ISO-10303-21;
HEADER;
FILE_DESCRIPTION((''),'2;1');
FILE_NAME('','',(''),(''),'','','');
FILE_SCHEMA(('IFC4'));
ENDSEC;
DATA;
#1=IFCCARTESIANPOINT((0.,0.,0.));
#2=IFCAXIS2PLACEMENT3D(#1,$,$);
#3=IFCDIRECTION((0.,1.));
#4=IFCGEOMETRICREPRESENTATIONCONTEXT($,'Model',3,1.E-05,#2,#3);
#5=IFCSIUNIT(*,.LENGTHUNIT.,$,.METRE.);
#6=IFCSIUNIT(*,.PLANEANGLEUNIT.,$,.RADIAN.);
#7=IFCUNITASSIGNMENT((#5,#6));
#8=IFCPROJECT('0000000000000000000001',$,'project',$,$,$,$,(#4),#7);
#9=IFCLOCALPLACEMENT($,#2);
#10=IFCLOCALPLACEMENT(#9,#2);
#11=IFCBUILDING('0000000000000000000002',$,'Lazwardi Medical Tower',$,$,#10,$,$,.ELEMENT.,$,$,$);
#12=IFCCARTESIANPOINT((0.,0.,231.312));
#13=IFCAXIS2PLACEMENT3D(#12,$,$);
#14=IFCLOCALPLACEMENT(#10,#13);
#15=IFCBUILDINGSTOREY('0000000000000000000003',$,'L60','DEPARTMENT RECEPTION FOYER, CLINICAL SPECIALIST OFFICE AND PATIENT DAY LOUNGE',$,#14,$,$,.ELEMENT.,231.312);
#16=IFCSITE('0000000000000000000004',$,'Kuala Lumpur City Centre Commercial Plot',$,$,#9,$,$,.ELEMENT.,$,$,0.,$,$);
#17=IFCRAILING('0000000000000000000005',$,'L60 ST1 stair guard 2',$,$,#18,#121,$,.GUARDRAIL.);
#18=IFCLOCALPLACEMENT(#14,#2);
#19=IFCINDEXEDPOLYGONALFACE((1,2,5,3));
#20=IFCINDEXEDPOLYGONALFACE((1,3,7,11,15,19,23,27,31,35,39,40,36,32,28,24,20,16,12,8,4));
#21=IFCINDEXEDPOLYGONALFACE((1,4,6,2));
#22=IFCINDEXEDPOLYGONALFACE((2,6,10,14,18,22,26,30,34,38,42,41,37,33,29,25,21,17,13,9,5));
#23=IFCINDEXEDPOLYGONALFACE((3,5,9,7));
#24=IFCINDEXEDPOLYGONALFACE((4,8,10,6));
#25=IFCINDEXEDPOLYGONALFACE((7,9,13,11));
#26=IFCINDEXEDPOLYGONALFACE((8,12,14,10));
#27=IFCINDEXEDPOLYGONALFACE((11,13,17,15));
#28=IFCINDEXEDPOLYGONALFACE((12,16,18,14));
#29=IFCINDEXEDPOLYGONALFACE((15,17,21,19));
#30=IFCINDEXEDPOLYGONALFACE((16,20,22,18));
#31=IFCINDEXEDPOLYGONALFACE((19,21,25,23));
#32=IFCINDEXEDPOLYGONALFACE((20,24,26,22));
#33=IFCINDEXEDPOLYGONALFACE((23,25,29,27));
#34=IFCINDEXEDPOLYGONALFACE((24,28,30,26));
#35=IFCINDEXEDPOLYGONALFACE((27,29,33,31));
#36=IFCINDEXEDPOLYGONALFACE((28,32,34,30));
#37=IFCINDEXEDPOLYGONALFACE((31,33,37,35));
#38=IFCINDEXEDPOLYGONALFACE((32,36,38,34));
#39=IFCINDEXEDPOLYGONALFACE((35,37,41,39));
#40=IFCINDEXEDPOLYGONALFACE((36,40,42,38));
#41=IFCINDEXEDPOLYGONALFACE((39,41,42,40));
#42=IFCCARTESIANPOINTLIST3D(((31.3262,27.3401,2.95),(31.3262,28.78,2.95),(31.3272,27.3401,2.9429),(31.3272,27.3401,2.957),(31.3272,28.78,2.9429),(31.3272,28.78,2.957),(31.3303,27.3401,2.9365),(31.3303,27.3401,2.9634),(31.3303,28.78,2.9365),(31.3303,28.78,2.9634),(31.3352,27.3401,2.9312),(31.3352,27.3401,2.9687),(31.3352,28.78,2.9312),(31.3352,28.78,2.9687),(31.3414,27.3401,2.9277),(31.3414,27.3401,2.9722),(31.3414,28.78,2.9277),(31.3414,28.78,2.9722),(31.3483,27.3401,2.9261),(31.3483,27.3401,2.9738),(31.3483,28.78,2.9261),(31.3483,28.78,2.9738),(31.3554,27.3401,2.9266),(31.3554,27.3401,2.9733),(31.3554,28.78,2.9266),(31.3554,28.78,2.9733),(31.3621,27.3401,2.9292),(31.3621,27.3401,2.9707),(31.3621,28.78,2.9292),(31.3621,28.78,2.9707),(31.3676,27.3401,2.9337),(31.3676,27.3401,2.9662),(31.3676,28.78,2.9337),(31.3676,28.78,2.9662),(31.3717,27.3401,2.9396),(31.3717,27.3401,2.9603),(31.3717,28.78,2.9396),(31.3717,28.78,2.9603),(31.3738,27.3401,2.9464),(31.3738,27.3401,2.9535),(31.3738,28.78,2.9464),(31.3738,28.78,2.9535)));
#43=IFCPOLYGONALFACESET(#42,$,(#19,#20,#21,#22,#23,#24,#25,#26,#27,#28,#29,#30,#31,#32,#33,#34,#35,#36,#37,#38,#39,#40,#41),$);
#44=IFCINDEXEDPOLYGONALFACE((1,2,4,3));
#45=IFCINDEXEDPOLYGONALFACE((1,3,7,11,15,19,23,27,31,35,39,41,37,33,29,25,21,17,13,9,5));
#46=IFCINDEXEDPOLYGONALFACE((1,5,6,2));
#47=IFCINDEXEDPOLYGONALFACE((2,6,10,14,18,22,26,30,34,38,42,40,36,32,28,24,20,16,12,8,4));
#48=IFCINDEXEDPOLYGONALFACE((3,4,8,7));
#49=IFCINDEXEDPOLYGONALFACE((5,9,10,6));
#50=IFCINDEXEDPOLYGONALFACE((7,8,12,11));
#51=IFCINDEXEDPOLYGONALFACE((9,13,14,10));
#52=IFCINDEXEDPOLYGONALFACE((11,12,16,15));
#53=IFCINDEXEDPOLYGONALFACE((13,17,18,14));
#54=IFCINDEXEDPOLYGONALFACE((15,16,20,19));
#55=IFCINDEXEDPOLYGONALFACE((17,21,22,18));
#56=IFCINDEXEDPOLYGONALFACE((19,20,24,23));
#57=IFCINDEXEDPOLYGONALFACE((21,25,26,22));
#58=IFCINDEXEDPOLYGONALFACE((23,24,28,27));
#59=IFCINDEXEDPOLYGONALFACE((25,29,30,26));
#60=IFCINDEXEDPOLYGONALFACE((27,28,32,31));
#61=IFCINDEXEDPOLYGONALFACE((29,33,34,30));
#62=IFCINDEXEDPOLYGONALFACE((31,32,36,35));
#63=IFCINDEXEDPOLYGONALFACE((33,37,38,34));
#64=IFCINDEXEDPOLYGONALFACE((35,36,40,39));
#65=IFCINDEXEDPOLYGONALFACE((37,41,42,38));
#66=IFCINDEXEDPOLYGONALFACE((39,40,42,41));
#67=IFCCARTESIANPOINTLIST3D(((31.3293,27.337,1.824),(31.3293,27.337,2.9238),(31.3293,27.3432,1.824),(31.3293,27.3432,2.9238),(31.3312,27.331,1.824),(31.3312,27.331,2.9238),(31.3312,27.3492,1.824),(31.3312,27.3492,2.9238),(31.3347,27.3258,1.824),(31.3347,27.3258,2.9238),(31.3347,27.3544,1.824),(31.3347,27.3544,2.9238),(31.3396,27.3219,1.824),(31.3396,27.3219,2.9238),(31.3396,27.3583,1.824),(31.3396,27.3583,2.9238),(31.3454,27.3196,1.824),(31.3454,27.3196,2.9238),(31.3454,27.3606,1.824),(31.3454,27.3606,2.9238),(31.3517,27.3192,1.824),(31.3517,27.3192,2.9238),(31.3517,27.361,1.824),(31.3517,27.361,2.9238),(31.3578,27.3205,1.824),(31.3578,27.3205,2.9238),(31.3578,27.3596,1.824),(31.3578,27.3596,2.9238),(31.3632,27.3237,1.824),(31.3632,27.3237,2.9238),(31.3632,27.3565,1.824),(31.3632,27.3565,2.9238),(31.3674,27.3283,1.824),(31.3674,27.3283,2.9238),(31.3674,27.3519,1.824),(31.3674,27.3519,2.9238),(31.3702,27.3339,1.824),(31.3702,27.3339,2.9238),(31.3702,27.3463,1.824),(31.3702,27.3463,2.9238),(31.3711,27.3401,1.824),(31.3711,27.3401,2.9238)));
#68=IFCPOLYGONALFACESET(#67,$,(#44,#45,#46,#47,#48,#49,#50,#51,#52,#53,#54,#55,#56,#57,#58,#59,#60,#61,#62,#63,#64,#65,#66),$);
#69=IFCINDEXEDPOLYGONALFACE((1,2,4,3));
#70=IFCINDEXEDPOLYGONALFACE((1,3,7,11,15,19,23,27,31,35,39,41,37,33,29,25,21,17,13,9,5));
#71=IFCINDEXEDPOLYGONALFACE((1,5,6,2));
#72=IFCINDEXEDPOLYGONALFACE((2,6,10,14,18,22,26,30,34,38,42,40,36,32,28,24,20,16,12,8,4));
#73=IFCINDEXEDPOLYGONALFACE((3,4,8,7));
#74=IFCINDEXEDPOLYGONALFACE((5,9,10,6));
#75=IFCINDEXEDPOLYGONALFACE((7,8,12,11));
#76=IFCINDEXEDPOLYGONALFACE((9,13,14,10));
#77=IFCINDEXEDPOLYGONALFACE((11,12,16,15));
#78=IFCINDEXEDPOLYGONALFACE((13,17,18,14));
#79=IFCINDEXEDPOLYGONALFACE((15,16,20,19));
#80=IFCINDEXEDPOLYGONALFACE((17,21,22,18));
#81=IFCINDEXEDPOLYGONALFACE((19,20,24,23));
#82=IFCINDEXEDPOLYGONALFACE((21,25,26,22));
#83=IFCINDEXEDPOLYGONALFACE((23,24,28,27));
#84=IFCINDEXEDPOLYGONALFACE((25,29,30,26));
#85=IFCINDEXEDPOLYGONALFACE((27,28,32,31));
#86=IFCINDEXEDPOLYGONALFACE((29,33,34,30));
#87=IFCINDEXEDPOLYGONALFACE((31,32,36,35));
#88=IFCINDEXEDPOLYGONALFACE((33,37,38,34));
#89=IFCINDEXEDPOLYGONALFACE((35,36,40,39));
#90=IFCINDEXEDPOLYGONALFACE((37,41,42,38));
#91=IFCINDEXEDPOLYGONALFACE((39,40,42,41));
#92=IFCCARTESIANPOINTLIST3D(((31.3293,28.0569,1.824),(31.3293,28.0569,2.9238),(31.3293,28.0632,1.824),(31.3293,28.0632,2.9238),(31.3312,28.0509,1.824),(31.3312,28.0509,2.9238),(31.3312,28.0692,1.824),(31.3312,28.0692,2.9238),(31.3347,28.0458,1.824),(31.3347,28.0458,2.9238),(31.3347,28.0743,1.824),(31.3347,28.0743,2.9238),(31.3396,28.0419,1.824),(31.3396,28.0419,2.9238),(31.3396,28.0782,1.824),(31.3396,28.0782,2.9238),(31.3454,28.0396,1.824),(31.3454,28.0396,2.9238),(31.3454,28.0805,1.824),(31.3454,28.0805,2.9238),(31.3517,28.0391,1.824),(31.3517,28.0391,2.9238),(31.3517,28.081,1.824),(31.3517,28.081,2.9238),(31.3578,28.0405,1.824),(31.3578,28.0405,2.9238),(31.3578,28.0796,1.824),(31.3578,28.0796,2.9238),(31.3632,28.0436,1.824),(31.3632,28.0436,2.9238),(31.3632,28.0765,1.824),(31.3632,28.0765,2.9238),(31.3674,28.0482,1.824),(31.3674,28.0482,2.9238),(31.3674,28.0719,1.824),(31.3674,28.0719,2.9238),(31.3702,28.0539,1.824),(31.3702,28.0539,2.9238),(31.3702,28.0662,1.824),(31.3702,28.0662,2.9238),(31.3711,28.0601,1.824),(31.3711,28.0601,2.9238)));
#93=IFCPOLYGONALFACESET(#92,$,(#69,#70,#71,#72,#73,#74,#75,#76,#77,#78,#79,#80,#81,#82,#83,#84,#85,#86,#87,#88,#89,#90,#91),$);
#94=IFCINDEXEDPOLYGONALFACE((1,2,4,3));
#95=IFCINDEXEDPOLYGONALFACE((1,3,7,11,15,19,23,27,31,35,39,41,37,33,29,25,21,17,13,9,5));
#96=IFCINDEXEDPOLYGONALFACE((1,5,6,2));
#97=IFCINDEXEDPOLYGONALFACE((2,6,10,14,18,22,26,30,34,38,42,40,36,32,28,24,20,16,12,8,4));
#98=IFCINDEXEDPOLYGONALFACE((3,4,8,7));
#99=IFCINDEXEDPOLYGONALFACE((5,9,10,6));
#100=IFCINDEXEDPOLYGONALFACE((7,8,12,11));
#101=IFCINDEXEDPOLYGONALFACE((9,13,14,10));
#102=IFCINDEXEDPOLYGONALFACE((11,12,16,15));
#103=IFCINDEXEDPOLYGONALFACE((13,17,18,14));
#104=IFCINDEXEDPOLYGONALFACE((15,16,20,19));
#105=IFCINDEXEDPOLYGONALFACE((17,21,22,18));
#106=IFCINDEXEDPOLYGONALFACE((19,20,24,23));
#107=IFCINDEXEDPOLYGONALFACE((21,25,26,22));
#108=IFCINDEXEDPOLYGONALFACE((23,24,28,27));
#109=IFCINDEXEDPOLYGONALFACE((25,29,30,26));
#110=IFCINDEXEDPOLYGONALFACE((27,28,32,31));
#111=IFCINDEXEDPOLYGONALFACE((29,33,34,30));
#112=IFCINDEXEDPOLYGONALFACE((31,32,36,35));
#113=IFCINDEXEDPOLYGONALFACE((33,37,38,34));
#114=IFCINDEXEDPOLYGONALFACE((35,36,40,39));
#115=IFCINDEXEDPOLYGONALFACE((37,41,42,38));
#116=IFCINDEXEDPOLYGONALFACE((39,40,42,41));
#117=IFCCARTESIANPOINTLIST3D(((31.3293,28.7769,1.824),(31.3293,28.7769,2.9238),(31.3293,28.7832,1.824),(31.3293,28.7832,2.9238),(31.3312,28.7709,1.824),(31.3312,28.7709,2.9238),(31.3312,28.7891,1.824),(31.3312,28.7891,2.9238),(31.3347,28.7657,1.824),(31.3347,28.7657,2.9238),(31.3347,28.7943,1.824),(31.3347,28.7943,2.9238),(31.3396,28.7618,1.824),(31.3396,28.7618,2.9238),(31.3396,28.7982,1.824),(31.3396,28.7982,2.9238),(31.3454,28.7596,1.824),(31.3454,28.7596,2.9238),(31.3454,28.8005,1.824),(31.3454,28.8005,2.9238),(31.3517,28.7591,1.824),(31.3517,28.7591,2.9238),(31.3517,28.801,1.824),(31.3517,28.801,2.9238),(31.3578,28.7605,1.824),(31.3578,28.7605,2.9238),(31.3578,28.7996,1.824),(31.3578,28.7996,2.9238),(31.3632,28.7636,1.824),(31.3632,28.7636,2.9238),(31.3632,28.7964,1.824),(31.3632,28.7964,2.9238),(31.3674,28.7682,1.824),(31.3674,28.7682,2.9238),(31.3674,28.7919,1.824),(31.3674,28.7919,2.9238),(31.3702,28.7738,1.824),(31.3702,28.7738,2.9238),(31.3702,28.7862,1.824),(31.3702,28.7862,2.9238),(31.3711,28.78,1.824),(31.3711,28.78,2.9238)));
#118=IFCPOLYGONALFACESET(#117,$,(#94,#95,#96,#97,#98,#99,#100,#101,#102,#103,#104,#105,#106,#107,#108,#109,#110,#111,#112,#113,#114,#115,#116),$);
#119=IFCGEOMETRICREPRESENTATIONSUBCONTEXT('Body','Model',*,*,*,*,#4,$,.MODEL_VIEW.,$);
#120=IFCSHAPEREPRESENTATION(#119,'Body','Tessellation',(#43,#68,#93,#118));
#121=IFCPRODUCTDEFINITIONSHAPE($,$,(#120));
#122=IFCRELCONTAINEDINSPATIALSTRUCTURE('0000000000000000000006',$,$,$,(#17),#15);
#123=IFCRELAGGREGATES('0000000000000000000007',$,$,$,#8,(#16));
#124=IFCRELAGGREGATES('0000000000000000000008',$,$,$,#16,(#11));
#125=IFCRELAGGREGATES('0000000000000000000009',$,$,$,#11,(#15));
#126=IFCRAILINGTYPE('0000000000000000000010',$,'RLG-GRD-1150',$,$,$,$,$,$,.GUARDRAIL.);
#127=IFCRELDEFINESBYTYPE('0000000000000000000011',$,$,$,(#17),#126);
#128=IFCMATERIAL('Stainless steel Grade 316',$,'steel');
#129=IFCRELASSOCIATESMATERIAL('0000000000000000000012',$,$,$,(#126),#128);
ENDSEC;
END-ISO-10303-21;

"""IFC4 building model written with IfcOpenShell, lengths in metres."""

from ifc_helpers import new_model, si_unit, direction, frame, origin, origin_2d, place, context, subcontext, project, spatial, circle, extrude, material, type_object, element, save


model = new_model("IFC4")

# Units and contexts
model_context = context("Model", 3, precision=1e-05, world=origin(), true_north=direction((0.0, 1.0)))
body_context = subcontext(model_context, "Body", "Model", "MODEL_VIEW")
ifc_project = project(units=[si_unit("LENGTHUNIT", "METRE"), si_unit("PLANEANGLEUNIT", "RADIAN")], contexts=[model_context])

# Site, building, storey
site_placement = place(None, origin())
site = spatial("IfcSite", under=ifc_project, at=site_placement, Name="Kuala Lumpur City Centre Commercial Plot", CompositionType="ELEMENT", RefElevation=0.0)
building_placement = place(site_placement, origin())
building = spatial("IfcBuilding", under=site, at=building_placement, Name="Lazwardi Medical Tower", CompositionType="ELEMENT")
storey_placement = place(building_placement, frame((0.0, 0.0, 231.312)))
storey = spatial("IfcBuildingStorey", under=building, at=storey_placement, Name="L60", Description="DEPARTMENT RECEPTION FOYER, CLINICAL SPECIALIST OFFICE AND PATIENT DAY LOUNGE", CompositionType="ELEMENT", Elevation=231.312)

# Railing
ifc_material_1 = material(Name="Stainless steel Grade 316", Category="steel")
railing_type_1 = type_object("IfcRailingType", Name="RLG-GRD-1150", PredefinedType="GUARDRAIL", material=ifc_material_1)
railing_1_placement = place(storey_placement, frame((31.3501, 27.3401, 1.824)))
element("IfcRailing", 1, at=railing_1_placement, inside=storey, type_object=railing_type_1, Name="L60 ST1 stair guard 2", PredefinedType="GUARDRAIL", context=body_context, shape_type="SweptSolid", body=[
    extrude(circle(Radius=0.0239, at=origin_2d()), frame((0.0, 0.0, 1.126), z_axis=(0.0, 1.0, 0.0), x_axis=(-1.0, 0.0, 0.0)), (0.0, 0.0, 1.0), 1.4399),
    extrude(circle(Radius=0.021, at=origin_2d()), origin(), (0.0, 0.0, 1.0), 1.0999),
    extrude(circle(Radius=0.021, at=origin_2d()), frame((0.0, 0.72, 0.0)), (0.0, 0.0, 1.0), 1.0999),
    extrude(circle(Radius=0.021, at=origin_2d()), frame((0.0, 1.4399, 0.0)), (0.0, 0.0, 1.0), 1.0999),
])

save(model, "model.ifc")
